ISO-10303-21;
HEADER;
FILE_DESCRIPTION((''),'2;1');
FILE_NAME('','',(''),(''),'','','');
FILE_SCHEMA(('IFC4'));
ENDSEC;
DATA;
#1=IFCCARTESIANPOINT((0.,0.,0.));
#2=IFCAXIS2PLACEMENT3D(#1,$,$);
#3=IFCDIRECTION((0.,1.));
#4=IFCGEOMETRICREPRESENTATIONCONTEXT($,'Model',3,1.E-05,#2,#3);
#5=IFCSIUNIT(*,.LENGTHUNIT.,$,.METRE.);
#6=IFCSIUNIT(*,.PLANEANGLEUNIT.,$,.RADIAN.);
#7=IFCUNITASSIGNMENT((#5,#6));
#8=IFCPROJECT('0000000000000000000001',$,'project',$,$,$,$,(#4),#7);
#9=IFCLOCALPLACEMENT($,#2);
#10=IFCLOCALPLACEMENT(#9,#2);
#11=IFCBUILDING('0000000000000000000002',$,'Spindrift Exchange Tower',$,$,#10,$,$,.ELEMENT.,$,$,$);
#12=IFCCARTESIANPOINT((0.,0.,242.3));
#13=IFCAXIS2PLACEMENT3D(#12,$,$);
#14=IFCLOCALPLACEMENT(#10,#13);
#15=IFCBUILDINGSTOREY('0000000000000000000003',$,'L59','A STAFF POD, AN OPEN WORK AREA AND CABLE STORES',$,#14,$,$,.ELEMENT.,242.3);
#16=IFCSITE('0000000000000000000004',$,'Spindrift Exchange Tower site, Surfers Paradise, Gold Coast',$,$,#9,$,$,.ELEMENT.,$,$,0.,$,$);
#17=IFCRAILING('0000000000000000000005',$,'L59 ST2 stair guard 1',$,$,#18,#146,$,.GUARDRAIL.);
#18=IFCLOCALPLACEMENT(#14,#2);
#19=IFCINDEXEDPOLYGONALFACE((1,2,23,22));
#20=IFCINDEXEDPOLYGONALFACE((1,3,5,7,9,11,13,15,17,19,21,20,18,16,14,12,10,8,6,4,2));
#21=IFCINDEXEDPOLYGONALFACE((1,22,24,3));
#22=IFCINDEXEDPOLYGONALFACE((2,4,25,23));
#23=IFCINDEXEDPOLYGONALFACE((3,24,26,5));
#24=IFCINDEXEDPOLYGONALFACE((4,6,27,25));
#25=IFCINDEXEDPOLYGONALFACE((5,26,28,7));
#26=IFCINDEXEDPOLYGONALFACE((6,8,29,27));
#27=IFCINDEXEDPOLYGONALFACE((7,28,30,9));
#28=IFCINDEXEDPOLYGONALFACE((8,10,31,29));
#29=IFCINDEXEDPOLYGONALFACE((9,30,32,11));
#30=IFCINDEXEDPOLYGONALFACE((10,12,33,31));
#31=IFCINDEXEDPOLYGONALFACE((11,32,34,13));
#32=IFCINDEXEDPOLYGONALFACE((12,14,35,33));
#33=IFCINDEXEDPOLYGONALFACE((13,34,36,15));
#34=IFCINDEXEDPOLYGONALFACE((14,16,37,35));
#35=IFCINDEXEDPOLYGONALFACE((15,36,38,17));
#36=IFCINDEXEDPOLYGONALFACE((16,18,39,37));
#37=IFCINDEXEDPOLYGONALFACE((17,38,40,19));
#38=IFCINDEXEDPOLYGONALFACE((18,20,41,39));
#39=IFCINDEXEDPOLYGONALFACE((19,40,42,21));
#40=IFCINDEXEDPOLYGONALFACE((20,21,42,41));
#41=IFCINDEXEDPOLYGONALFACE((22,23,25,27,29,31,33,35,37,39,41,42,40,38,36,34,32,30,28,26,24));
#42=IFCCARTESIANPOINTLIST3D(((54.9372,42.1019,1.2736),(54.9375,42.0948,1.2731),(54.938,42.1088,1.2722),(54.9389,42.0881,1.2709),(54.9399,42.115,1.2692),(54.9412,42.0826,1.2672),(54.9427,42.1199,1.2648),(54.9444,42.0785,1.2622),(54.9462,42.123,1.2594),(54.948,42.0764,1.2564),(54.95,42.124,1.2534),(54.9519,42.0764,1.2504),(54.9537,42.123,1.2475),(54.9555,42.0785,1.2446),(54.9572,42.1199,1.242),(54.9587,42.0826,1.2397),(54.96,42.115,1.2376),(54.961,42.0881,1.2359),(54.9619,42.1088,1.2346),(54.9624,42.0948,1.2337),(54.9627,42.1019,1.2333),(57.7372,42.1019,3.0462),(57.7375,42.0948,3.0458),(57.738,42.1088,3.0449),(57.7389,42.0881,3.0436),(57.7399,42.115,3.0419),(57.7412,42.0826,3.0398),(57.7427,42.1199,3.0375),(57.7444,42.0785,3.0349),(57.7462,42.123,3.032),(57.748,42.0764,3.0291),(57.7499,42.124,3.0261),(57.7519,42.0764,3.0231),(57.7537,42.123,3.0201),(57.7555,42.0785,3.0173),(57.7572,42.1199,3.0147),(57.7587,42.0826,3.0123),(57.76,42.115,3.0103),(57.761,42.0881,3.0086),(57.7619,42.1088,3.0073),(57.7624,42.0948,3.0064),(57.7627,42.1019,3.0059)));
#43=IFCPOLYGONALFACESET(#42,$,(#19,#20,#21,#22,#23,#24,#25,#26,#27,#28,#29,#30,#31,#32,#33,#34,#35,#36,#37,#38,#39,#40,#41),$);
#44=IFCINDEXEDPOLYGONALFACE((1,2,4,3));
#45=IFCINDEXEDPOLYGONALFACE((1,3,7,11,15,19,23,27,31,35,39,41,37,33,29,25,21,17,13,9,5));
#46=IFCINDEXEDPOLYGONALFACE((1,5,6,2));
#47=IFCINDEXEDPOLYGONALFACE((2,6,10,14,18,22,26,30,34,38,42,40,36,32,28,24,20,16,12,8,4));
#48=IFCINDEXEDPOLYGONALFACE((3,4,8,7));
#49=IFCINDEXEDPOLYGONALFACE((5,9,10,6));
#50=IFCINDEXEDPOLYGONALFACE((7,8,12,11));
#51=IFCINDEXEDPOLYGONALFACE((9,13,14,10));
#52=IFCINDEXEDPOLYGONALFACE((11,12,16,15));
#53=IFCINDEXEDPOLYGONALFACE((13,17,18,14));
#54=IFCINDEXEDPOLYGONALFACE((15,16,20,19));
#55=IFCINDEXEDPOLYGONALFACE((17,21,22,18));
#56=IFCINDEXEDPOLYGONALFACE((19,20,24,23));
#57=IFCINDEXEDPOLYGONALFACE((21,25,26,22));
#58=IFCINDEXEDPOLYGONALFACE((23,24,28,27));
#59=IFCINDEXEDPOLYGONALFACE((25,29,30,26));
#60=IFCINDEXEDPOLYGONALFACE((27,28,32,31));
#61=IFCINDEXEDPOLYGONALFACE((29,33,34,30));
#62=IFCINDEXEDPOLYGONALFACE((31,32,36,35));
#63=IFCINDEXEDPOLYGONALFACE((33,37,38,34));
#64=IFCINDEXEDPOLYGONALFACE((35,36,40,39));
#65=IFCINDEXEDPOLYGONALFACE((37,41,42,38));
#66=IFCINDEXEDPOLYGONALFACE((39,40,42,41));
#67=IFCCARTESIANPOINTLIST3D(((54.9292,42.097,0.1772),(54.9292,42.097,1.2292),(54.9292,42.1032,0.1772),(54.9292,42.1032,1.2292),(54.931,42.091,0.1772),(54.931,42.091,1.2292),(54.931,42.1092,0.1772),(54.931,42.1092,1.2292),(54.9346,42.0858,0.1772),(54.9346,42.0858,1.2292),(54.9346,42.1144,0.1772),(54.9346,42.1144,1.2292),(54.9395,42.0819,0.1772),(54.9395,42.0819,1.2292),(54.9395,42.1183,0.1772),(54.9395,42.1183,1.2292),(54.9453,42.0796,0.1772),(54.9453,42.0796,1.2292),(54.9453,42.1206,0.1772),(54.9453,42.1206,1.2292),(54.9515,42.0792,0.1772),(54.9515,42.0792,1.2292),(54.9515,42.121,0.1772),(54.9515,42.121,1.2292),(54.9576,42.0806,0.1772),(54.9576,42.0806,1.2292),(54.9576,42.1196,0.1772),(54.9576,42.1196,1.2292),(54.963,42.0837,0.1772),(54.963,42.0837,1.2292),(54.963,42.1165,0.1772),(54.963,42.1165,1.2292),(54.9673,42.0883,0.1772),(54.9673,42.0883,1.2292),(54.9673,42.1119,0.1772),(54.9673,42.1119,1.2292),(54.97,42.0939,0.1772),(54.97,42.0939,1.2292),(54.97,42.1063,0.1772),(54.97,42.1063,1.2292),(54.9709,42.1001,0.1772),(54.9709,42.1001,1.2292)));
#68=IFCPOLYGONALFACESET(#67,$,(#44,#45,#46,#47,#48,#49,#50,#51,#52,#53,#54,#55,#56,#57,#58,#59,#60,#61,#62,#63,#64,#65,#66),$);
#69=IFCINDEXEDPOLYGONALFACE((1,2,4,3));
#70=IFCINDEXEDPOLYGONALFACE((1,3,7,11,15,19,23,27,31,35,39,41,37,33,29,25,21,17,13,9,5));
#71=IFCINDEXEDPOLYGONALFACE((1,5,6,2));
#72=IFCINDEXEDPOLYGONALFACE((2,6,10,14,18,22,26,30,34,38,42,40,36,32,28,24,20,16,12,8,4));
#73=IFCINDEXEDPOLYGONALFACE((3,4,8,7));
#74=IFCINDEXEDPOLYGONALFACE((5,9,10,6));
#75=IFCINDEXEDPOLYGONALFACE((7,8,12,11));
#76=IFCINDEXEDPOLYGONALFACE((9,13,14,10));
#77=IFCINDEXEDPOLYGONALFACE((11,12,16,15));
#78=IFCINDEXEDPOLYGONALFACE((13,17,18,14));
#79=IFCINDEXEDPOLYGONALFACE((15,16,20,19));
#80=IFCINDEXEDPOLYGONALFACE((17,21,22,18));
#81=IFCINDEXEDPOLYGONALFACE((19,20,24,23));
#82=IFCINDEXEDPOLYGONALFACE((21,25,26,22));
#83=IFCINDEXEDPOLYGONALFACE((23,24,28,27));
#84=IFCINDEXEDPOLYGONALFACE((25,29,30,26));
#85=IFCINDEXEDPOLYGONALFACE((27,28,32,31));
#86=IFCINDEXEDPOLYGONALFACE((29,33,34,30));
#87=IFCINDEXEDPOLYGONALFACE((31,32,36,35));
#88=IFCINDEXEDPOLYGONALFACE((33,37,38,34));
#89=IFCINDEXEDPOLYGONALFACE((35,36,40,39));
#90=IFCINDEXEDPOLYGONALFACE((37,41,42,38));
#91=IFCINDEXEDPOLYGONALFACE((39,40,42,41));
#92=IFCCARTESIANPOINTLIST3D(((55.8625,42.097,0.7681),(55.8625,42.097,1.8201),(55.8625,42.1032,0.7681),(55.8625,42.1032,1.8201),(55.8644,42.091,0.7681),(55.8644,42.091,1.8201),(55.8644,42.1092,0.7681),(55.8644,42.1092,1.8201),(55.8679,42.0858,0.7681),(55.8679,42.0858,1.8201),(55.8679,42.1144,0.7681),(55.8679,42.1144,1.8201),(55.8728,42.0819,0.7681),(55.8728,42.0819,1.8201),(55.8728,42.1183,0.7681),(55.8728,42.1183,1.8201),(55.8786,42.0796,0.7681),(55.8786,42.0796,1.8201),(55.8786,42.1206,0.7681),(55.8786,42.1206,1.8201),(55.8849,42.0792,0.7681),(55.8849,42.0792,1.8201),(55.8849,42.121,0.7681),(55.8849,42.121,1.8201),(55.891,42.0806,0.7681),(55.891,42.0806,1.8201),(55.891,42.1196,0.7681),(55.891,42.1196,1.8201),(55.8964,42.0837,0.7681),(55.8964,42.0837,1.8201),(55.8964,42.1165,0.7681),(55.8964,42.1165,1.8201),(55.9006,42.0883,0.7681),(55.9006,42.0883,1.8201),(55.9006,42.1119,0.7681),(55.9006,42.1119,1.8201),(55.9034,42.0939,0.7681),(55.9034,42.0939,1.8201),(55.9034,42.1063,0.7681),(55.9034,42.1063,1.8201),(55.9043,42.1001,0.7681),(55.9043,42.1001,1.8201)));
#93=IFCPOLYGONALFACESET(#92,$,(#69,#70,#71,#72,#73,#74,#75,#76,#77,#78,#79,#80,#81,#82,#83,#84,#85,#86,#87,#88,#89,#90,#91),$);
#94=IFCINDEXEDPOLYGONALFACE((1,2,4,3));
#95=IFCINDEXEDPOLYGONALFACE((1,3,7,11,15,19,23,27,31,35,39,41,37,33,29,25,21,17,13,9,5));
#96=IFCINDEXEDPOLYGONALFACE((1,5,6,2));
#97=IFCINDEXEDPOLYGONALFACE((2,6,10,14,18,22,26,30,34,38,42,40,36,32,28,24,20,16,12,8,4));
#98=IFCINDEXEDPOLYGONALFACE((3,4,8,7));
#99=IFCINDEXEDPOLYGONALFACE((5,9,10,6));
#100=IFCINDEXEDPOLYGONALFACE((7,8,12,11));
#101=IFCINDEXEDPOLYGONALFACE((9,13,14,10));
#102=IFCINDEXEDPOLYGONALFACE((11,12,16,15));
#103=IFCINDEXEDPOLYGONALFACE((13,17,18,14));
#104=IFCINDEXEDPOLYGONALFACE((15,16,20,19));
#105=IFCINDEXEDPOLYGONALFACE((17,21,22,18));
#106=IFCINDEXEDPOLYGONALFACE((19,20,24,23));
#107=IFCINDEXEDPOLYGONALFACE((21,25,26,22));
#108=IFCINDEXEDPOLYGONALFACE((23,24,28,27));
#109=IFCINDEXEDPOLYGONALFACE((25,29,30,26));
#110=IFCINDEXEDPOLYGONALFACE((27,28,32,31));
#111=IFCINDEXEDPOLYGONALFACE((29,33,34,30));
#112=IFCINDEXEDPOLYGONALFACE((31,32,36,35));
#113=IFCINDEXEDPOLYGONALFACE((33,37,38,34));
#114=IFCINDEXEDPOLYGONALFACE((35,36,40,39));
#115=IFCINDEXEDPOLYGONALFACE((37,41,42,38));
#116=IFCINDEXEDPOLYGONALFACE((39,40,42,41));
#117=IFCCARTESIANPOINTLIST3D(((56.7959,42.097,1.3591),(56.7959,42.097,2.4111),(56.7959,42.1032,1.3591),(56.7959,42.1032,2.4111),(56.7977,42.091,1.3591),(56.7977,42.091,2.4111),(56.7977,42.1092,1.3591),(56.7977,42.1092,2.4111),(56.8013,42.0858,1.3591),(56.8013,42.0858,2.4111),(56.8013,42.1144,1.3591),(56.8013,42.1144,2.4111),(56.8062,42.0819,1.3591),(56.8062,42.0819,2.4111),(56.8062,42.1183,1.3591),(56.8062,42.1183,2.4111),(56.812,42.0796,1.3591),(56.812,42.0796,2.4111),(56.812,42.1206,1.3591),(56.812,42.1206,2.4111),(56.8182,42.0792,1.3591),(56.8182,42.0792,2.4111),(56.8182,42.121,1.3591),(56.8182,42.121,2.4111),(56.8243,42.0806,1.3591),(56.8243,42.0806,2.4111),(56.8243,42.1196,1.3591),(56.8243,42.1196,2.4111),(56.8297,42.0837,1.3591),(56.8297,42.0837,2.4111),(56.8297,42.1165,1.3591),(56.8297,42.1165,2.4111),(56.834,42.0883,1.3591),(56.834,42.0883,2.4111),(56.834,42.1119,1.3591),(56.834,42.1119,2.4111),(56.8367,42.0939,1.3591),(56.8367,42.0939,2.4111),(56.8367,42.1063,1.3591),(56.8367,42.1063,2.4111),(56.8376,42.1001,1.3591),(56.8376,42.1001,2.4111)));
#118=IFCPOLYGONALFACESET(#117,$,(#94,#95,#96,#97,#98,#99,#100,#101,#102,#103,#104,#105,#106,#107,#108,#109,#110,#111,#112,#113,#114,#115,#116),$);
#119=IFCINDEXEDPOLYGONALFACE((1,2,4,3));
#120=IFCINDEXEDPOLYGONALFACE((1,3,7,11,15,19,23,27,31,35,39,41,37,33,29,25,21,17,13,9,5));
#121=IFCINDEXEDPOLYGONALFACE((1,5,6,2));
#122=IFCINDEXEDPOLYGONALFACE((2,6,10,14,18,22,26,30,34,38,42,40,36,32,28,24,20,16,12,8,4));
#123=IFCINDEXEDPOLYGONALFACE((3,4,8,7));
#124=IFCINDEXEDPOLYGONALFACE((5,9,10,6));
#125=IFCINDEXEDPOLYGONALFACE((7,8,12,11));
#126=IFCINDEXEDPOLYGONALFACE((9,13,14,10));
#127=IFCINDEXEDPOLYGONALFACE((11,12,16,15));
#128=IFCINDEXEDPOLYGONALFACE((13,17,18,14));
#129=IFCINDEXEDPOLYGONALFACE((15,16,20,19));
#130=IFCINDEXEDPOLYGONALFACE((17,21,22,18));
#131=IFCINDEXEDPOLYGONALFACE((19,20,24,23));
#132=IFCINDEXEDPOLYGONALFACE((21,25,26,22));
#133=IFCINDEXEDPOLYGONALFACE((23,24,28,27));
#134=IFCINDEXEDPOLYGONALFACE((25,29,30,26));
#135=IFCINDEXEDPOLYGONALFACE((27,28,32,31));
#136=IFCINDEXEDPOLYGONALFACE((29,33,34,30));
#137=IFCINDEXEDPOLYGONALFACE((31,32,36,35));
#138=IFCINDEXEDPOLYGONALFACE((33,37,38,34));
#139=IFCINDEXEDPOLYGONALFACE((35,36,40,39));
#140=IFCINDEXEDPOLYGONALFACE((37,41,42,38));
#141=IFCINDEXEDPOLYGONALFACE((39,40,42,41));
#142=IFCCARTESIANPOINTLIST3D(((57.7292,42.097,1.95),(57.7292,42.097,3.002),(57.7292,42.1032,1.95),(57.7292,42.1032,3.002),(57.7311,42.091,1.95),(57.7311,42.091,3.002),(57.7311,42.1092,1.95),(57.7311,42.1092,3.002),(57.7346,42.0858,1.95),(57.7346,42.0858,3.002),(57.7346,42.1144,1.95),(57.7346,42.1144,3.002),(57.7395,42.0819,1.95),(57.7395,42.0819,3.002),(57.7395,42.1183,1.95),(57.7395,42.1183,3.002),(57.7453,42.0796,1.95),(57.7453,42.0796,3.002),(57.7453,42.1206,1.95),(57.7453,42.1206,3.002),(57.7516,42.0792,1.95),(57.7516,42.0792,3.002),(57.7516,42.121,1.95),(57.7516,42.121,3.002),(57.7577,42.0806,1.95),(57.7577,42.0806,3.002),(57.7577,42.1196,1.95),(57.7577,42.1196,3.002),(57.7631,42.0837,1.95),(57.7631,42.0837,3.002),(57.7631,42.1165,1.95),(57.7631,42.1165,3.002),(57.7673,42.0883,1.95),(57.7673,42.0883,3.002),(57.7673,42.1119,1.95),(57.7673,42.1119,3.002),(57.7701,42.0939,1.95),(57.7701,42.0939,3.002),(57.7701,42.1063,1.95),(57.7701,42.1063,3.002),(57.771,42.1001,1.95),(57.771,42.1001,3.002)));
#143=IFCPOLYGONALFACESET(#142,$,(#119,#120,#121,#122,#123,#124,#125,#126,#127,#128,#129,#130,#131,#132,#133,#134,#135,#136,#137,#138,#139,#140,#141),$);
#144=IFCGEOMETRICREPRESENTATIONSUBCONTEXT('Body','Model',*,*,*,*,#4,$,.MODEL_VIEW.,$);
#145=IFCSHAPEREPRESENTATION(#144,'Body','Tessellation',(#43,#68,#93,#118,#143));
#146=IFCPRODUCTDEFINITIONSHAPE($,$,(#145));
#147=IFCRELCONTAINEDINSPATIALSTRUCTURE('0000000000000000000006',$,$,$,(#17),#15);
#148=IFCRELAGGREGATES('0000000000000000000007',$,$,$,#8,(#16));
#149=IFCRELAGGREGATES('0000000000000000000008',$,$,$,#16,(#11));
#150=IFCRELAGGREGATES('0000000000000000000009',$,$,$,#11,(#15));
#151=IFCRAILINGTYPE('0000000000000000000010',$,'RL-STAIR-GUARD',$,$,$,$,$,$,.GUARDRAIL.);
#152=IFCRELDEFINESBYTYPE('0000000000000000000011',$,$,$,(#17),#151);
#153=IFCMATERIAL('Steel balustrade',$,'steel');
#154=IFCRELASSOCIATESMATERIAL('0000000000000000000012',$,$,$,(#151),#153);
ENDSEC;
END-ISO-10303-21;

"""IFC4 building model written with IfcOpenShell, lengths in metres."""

from ifc_helpers import new_model, si_unit, direction, frame, origin, origin_2d, place, context, subcontext, project, spatial, circle, extrude, material, type_object, element, save


model = new_model("IFC4")

# Units and contexts
model_context = context("Model", 3, precision=1e-05, world=origin(), true_north=direction((0.0, 1.0)))
body_context = subcontext(model_context, "Body", "Model", "MODEL_VIEW")
ifc_project = project(units=[si_unit("LENGTHUNIT", "METRE"), si_unit("PLANEANGLEUNIT", "RADIAN")], contexts=[model_context])

# Site, building, storey
site_placement = place(None, origin())
site = spatial("IfcSite", under=ifc_project, at=site_placement, Name="Spindrift Exchange Tower site, Surfers Paradise, Gold Coast", CompositionType="ELEMENT", RefElevation=0.0)
building_placement = place(site_placement, origin())
building = spatial("IfcBuilding", under=site, at=building_placement, Name="Spindrift Exchange Tower", CompositionType="ELEMENT")
storey_placement = place(building_placement, frame((0.0, 0.0, 242.3)))
storey = spatial("IfcBuildingStorey", under=building, at=storey_placement, Name="L59", Description="A STAFF POD, AN OPEN WORK AREA AND CABLE STORES", CompositionType="ELEMENT", Elevation=242.3)

# Railing
ifc_material_1 = material(Name="Steel balustrade", Category="steel")
railing_type_1 = type_object("IfcRailingType", Name="RL-STAIR-GUARD", PredefinedType="GUARDRAIL", material=ifc_material_1)
railing_1_placement = place(storey_placement, frame((54.95, 42.1001, 0.1772)))
element("IfcRailing", 1, at=railing_1_placement, inside=storey, type_object=railing_type_1, Name="L59 ST2 stair guard 1", PredefinedType="GUARDRAIL", context=body_context, shape_type="SweptSolid", body=[
    extrude(circle(Radius=0.0239, at=origin_2d()), frame((0.0, 0.0, 1.0762), z_axis=(0.844909, 0.0, 0.53491), x_axis=(0.0, 1.0, 0.0)), (0.0, 0.0, 1.0), 3.314),
    extrude(circle(Radius=0.021, at=origin_2d()), origin(), (0.0, 0.0, 1.0), 1.052),
    extrude(circle(Radius=0.021, at=origin_2d()), frame((0.9333, 0.0, 0.5908)), (0.0, 0.0, 1.0), 1.052),
    extrude(circle(Radius=0.021, at=origin_2d()), frame((1.8667, 0.0, 1.1819)), (0.0, 0.0, 1.0), 1.052),
    extrude(circle(Radius=0.021, at=origin_2d()), frame((2.8, 0.0, 1.7727)), (0.0, 0.0, 1.0), 1.052),
])

save(model, "model.ifc")
